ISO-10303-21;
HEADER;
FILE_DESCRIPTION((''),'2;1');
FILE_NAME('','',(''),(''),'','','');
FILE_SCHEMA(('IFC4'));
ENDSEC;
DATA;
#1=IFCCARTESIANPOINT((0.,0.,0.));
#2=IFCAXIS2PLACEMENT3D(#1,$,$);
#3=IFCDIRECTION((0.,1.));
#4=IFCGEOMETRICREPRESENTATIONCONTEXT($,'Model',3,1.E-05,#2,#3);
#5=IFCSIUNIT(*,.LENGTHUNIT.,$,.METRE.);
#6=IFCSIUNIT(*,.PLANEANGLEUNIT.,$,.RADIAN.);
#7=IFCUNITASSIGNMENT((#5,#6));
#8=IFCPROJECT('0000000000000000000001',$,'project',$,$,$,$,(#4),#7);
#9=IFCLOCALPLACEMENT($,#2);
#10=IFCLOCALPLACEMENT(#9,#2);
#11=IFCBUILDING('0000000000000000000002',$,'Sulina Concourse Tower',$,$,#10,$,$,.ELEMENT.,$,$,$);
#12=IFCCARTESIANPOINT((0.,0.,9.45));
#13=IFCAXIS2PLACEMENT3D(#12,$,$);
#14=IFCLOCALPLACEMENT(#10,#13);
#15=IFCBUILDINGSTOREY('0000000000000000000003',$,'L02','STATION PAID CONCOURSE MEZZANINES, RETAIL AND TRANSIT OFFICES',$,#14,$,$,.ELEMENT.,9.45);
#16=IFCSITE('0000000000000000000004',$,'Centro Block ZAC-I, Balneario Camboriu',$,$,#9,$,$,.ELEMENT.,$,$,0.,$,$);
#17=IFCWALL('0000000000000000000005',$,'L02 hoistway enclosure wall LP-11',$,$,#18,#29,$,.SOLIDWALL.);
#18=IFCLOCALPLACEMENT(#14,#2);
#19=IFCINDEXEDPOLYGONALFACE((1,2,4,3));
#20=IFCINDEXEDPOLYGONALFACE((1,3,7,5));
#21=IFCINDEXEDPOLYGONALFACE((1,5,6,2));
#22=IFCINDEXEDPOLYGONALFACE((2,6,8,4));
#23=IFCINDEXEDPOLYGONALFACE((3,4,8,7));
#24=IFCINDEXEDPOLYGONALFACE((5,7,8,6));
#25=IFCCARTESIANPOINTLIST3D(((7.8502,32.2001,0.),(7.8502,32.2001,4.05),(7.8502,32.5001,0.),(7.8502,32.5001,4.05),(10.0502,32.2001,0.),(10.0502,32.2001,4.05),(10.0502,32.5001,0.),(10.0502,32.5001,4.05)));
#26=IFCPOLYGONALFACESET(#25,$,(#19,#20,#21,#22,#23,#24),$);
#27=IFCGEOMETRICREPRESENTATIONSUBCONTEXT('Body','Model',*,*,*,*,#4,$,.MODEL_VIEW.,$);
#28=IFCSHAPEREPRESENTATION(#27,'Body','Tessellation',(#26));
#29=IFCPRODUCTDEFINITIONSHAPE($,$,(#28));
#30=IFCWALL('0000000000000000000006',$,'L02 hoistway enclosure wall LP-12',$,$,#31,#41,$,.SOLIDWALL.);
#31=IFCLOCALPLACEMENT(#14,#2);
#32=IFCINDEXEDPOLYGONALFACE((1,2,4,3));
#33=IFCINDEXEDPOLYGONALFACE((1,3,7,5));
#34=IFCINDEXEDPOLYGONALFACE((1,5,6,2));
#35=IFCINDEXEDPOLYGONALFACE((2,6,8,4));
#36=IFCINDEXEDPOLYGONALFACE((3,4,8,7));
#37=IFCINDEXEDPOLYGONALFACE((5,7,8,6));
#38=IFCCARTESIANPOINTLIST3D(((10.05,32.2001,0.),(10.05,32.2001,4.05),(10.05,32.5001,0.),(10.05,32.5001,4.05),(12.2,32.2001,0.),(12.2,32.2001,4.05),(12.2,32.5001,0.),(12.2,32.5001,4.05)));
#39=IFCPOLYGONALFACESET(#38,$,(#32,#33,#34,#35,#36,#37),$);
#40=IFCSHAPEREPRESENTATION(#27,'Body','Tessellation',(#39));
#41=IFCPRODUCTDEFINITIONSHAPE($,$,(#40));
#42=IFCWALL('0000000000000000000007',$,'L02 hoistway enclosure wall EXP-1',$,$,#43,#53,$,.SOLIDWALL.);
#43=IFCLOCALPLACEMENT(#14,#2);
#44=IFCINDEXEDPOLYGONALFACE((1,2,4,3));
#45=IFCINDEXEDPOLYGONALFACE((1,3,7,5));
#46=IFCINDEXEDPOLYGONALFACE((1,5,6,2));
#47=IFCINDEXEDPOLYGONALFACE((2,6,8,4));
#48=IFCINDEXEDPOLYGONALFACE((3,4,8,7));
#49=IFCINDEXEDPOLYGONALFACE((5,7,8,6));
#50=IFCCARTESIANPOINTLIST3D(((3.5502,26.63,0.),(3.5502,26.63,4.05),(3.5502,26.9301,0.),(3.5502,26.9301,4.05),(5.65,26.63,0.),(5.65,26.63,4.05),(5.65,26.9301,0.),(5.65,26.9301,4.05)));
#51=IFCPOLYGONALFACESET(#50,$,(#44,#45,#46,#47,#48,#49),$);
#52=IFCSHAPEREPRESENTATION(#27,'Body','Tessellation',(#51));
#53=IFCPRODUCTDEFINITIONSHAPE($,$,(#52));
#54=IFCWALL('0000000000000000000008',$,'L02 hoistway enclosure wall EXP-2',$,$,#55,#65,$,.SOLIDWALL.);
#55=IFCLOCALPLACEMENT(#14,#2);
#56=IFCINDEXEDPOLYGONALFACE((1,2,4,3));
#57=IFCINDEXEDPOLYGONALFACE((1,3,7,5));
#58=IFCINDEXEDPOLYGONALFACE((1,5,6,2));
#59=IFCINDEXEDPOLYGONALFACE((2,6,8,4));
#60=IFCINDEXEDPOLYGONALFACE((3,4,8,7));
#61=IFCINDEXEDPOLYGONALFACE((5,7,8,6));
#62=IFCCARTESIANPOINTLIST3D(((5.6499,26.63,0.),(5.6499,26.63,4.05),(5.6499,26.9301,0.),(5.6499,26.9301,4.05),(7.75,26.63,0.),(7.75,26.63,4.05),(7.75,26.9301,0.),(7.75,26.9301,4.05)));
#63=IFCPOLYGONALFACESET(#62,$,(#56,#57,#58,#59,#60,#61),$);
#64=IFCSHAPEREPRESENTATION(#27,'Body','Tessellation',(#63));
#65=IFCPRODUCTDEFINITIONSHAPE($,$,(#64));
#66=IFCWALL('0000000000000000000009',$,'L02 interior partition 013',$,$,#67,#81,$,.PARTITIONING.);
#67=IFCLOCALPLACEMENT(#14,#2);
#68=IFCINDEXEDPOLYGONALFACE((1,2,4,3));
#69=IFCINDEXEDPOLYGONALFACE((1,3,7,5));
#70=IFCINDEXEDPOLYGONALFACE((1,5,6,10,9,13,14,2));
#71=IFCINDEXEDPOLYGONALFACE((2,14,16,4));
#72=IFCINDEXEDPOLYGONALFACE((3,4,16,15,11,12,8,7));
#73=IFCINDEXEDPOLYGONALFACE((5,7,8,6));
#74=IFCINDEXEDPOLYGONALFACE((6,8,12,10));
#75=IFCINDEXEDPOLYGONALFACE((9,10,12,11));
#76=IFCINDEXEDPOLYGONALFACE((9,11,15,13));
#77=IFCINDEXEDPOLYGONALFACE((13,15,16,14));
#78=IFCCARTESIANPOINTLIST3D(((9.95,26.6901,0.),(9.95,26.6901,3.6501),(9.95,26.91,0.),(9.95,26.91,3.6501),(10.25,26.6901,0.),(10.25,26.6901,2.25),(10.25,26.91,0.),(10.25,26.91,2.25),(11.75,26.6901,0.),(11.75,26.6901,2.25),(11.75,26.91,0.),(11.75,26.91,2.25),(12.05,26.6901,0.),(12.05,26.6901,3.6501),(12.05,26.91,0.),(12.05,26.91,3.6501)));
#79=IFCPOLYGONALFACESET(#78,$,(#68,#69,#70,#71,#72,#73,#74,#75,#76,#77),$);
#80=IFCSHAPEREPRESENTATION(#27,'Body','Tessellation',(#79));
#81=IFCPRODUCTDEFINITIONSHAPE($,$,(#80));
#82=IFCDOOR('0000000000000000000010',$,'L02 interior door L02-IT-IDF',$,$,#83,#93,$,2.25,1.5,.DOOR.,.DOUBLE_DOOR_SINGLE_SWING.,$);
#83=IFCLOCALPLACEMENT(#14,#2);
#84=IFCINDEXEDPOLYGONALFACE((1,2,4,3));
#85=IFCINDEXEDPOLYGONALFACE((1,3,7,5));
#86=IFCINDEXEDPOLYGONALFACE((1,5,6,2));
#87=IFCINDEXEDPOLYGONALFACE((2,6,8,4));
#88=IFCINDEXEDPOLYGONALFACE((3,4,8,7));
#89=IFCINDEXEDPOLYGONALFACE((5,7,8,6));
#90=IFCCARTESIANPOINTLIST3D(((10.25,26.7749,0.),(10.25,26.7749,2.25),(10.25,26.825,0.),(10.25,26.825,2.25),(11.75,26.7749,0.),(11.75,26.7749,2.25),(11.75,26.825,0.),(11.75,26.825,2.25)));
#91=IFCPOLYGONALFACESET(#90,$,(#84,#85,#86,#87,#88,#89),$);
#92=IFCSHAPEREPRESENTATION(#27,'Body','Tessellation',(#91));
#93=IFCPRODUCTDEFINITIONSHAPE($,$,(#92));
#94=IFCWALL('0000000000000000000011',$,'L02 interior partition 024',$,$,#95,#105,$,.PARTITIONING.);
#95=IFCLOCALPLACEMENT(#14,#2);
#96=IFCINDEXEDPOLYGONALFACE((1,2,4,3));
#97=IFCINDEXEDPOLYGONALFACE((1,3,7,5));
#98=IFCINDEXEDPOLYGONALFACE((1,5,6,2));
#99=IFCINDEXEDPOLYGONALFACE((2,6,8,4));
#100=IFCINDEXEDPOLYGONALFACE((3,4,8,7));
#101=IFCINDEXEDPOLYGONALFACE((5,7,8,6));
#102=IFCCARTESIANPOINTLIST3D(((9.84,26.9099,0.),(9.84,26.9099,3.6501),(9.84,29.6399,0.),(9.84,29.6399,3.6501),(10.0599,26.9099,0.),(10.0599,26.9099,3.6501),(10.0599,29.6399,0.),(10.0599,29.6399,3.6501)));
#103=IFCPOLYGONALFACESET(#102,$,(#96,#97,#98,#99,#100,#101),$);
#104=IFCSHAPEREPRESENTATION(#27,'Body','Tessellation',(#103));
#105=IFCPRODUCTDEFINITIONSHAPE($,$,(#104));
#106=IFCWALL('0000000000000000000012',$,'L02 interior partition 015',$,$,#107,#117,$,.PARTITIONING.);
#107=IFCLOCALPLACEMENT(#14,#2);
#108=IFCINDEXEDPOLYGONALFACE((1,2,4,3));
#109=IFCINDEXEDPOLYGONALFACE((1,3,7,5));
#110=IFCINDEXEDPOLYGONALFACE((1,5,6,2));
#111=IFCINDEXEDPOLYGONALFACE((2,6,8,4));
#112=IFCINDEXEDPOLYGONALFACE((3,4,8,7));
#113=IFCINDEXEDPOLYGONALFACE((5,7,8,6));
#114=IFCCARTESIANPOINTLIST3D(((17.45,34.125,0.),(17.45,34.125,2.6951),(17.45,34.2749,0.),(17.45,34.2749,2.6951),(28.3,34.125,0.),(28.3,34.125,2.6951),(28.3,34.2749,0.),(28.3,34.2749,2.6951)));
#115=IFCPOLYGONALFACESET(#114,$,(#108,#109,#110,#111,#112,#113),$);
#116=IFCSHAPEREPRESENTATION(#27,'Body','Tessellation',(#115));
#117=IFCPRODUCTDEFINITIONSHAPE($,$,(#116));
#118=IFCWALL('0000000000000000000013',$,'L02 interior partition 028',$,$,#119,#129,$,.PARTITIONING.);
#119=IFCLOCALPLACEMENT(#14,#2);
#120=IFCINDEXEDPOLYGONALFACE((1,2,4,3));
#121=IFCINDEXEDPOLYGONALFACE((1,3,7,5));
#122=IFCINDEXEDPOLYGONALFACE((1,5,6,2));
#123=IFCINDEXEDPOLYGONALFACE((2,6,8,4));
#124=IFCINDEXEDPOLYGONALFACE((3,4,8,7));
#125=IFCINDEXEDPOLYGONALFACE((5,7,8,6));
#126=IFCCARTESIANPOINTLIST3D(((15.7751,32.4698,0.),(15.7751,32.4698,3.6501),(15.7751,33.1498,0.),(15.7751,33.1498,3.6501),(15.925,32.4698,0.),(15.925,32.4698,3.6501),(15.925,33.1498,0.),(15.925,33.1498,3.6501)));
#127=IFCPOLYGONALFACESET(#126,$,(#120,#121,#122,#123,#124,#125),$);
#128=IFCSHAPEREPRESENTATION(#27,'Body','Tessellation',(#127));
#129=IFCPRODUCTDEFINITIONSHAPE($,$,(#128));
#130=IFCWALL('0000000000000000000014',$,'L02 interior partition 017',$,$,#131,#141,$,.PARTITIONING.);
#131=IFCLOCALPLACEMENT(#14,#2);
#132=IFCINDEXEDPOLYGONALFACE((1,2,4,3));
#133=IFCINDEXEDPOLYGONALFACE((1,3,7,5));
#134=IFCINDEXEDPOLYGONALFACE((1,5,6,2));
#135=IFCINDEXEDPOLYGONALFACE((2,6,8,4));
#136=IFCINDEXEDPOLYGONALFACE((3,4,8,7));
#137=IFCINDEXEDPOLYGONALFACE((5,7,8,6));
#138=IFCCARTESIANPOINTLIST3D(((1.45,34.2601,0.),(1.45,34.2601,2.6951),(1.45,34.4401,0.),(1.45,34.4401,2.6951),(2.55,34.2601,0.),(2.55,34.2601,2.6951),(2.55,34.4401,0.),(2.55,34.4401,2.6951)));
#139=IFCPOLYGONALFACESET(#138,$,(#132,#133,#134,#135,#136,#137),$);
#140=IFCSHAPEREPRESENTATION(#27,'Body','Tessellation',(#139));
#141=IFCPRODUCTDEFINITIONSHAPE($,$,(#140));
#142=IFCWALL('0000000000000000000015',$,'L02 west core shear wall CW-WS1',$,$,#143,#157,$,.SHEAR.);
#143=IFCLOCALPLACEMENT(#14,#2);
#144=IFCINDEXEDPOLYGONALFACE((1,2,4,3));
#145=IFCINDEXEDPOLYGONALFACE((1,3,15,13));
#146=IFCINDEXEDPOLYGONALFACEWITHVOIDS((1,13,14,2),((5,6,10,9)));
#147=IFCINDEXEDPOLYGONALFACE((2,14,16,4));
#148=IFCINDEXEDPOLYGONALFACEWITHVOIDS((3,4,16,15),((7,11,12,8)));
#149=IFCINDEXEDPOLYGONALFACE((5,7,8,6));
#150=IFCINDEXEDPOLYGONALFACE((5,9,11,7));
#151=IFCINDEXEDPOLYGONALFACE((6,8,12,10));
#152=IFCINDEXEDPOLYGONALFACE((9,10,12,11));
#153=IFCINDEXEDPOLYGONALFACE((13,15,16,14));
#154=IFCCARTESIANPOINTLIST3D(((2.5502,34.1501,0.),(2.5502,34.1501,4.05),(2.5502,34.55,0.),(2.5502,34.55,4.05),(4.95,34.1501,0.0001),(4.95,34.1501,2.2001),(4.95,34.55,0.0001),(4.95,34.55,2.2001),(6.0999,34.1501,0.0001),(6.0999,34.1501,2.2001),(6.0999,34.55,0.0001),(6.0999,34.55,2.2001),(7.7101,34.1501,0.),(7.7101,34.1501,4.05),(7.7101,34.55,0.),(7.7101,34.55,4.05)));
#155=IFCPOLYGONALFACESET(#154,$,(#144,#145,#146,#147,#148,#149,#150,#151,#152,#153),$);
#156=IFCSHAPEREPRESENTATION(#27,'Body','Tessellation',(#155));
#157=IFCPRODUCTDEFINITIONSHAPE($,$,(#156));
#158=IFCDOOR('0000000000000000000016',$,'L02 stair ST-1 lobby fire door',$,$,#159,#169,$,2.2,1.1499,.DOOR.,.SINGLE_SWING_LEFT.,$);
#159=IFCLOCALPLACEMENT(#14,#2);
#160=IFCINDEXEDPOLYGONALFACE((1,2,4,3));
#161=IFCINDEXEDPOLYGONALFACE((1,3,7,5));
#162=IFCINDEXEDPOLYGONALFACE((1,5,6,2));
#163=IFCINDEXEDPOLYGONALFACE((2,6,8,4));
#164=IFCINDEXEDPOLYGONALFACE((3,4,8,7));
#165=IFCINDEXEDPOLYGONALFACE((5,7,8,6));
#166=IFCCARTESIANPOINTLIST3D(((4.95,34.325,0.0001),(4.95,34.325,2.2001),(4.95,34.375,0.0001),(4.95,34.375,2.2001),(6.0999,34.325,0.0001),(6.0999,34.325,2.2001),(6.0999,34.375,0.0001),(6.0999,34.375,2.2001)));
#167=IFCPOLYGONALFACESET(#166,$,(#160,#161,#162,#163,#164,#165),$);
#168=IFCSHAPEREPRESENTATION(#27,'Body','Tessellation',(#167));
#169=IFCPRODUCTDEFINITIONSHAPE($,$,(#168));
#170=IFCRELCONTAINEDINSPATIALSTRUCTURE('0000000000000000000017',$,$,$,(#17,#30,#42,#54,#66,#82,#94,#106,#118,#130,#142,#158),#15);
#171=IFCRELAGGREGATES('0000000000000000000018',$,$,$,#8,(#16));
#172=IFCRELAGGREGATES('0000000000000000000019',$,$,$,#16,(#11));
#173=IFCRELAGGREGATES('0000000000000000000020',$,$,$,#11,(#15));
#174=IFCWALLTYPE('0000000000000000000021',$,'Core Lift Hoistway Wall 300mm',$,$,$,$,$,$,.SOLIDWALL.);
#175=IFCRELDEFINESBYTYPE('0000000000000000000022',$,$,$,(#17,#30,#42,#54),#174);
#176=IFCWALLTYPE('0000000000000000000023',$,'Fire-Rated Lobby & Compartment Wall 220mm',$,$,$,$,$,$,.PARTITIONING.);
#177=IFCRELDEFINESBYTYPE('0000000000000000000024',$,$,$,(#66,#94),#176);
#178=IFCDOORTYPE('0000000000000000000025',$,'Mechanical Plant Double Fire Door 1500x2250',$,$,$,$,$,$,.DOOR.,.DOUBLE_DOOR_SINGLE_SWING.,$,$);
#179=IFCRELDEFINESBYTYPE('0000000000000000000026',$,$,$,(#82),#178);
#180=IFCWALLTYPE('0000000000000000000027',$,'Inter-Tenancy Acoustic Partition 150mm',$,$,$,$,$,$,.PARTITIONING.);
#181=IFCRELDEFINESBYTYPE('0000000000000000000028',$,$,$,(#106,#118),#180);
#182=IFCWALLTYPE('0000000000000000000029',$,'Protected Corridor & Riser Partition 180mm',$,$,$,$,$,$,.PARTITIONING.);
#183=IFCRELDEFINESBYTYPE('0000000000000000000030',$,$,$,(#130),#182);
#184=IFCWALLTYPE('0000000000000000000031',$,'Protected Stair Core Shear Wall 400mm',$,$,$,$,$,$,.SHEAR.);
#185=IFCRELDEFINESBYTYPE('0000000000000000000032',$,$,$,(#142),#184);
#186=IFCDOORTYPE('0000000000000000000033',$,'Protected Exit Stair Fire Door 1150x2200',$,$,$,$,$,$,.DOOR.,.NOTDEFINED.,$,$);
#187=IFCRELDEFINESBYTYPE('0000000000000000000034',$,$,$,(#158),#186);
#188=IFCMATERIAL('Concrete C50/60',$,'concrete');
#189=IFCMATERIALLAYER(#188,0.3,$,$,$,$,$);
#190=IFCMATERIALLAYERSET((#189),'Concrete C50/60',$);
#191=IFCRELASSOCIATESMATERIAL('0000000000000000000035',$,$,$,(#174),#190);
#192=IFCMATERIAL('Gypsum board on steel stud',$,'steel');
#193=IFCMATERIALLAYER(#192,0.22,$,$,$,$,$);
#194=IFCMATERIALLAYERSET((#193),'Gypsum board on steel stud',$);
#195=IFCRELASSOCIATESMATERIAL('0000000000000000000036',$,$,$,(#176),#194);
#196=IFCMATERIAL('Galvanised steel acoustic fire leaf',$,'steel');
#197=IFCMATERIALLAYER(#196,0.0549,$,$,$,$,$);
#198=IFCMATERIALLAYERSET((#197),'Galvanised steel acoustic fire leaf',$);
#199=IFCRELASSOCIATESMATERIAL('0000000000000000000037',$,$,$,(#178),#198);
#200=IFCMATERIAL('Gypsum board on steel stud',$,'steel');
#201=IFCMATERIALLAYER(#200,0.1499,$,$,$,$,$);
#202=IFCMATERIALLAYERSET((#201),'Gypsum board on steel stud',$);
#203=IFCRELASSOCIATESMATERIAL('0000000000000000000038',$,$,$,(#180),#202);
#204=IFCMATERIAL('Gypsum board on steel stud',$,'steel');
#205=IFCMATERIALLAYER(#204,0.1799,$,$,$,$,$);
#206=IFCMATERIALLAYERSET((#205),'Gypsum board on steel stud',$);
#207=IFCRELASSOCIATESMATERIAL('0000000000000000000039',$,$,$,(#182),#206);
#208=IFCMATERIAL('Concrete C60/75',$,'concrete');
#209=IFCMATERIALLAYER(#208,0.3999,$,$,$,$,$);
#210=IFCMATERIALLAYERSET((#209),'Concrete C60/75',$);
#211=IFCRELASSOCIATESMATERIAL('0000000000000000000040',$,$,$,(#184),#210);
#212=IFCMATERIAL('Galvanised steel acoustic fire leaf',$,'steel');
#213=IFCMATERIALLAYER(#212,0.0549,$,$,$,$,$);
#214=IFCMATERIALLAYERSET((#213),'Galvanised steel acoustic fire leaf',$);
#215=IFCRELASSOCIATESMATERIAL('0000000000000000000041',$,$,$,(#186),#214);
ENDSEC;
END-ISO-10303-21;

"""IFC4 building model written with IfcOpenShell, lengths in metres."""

from ifc_helpers import new_model, si_unit, direction, frame, frame_2d, origin, place, context, subcontext, project, spatial, rectangle, extrude, material, layer, layer_set, type_object, element, fill, save


model = new_model("IFC4")

# Units and contexts
model_context = context("Model", 3, precision=1e-05, world=origin(), true_north=direction((0.0, 1.0)))
body_context = subcontext(model_context, "Body", "Model", "MODEL_VIEW")
ifc_project = project(units=[si_unit("LENGTHUNIT", "METRE"), si_unit("PLANEANGLEUNIT", "RADIAN")], contexts=[model_context])

# Site, building, storey
site_placement = place(None, origin())
site = spatial("IfcSite", under=ifc_project, at=site_placement, Name="Centro Block ZAC-I, Balneario Camboriu", CompositionType="ELEMENT", RefElevation=0.0)
building_placement = place(site_placement, origin())
building = spatial("IfcBuilding", under=site, at=building_placement, Name="Sulina Concourse Tower", CompositionType="ELEMENT")
storey_placement = place(building_placement, frame((0.0, 0.0, 9.45)))
storey = spatial("IfcBuildingStorey", under=building, at=storey_placement, Name="L02", Description="STATION PAID CONCOURSE MEZZANINES, RETAIL AND TRANSIT OFFICES", CompositionType="ELEMENT", Elevation=9.45)

# Walls
ifc_material_1 = material(Name="Concrete C50/60", Category="concrete")
ifc_layer_1 = layer(ifc_material_1, 0.3)
ifc_layer_set_1 = layer_set([ifc_layer_1], Name="Concrete C50/60")
wall_type_1 = type_object("IfcWallType", Name="Core Lift Hoistway Wall 300mm", PredefinedType="SOLIDWALL", material=ifc_layer_set_1)
wall_1_placement = place(storey_placement, frame((7.8501, 32.3501, 0.0), z_axis=(0.0, 0.0, 1.0), x_axis=(1.0, 0.0, 0.0)))
element("IfcWall", 1, at=wall_1_placement, inside=storey, type_object=wall_type_1, Name="L02 hoistway enclosure wall LP-11", PredefinedType="SOLIDWALL", context=body_context, shape_type="SweptSolid", body=[
    extrude(rectangle(XDim=2.2, YDim=0.3, at=frame_2d((1.1001, 0.0))), origin(), (0.0, 0.0, 1.0), 4.05),
])
wall_2_placement = place(storey_placement, frame((10.05, 32.3501, 0.0), z_axis=(0.0, 0.0, 1.0), x_axis=(1.0, 0.0, 0.0)))
element("IfcWall", 2, at=wall_2_placement, inside=storey, type_object=wall_type_1, Name="L02 hoistway enclosure wall LP-12", PredefinedType="SOLIDWALL", context=body_context, shape_type="SweptSolid", body=[
    extrude(rectangle(XDim=2.1499, YDim=0.3, at=frame_2d((1.075, 0.0))), origin(), (0.0, 0.0, 1.0), 4.05),
])
wall_3_placement = place(storey_placement, frame((5.6499, 26.78, 0.0), z_axis=(0.0, 0.0, 1.0), x_axis=(-1.0, 0.0, 0.0)))
element("IfcWall", 3, at=wall_3_placement, inside=storey, type_object=wall_type_1, Name="L02 hoistway enclosure wall EXP-1", PredefinedType="SOLIDWALL", context=body_context, shape_type="SweptSolid", body=[
    extrude(rectangle(XDim=2.0999, YDim=0.3, at=frame_2d((1.0498, 0.0))), origin(), (0.0, 0.0, 1.0), 4.05),
])
wall_4_placement = place(storey_placement, frame((7.75, 26.78, 0.0), z_axis=(0.0, 0.0, 1.0), x_axis=(-1.0, 0.0, 0.0)))
element("IfcWall", 4, at=wall_4_placement, inside=storey, type_object=wall_type_1, Name="L02 hoistway enclosure wall EXP-2", PredefinedType="SOLIDWALL", context=body_context, shape_type="SweptSolid", body=[
    extrude(rectangle(XDim=2.1001, YDim=0.3, at=frame_2d((1.05, 0.0))), origin(), (0.0, 0.0, 1.0), 4.05),
])

# Wall, opening, door
ifc_material_2 = material(Name="Gypsum board on steel stud", Category="steel")
ifc_layer_2 = layer(ifc_material_2, 0.22)
ifc_layer_set_2 = layer_set([ifc_layer_2], Name="Gypsum board on steel stud")
wall_type_2 = type_object("IfcWallType", Name="Fire-Rated Lobby & Compartment Wall 220mm", PredefinedType="PARTITIONING", material=ifc_layer_set_2)
wall_5_placement = place(storey_placement, frame((9.95, 26.8, 0.0), z_axis=(0.0, 0.0, 1.0), x_axis=(1.0, 0.0, 0.0)))
wall_5 = element("IfcWall", 5, at=wall_5_placement, inside=storey, type_object=wall_type_2, Name="L02 interior partition 013", PredefinedType="PARTITIONING", context=body_context, shape_type="SweptSolid", body=[
    extrude(rectangle(XDim=2.1001, YDim=0.22, at=frame_2d((1.05, 0.0))), origin(), (0.0, 0.0, 1.0), 3.6501),
])
opening_1_placement = place(wall_5_placement, frame((0.3, 0.0, 0.0)))
opening_1 = element("IfcOpeningElement", 6, at=opening_1_placement, cuts=wall_5, PredefinedType="OPENING", context=body_context, shape_type="SweptSolid", body=[
    extrude(rectangle(XDim=1.5, YDim=2.25, at=frame_2d((0.75, 1.125))), frame((0.0, 0.1199, 0.0), z_axis=(0.0, -1.0, 0.0), x_axis=(1.0, 0.0, 0.0)), (0.0, 0.0, 1.0), 0.24),
])
ifc_material_3 = material(Name="Galvanised steel acoustic fire leaf", Category="steel")
ifc_layer_3 = layer(ifc_material_3, 0.0549)
ifc_layer_set_3 = layer_set([ifc_layer_3], Name="Galvanised steel acoustic fire leaf")
door_type_1 = type_object("IfcDoorType", Name="Mechanical Plant Double Fire Door 1500x2250", OperationType="DOUBLE_DOOR_SINGLE_SWING", PredefinedType="DOOR", material=ifc_layer_set_3)
door_1_placement = place(opening_1_placement, origin())
door_1 = element("IfcDoor", 7, at=door_1_placement, inside=storey, type_object=door_type_1, Name="L02 interior door L02-IT-IDF", OperationType="DOUBLE_DOOR_SINGLE_SWING", OverallHeight=2.25, OverallWidth=1.5, PredefinedType="DOOR", context=body_context, shape_type="SweptSolid", body=[
    extrude(rectangle(XDim=1.5, YDim=2.25, at=frame_2d((0.75, 1.125))), frame((0.0, 0.0249, 0.0), z_axis=(0.0, -1.0, 0.0), x_axis=(1.0, 0.0, 0.0)), (0.0, 0.0, 1.0), 0.05),
])
fill(opening_1, door_1)

# Walls
wall_6_placement = place(storey_placement, frame((9.95, 26.9099, 0.0), z_axis=(0.0, 0.0, 1.0), x_axis=(0.0, 1.0, 0.0)))
element("IfcWall", 8, at=wall_6_placement, inside=storey, type_object=wall_type_2, Name="L02 interior partition 024", PredefinedType="PARTITIONING", context=body_context, shape_type="SweptSolid", body=[
    extrude(rectangle(XDim=2.73, YDim=0.22, at=frame_2d((1.365, 0.0))), origin(), (0.0, 0.0, 1.0), 3.6501),
])
ifc_material_4 = material(Name="Gypsum board on steel stud", Category="steel")
ifc_layer_4 = layer(ifc_material_4, 0.1499)
ifc_layer_set_4 = layer_set([ifc_layer_4], Name="Gypsum board on steel stud")
wall_type_3 = type_object("IfcWallType", Name="Inter-Tenancy Acoustic Partition 150mm", PredefinedType="PARTITIONING", material=ifc_layer_set_4)
wall_7_placement = place(storey_placement, frame((17.45, 34.2, 0.0), z_axis=(0.0, 0.0, 1.0), x_axis=(1.0, 0.0, 0.0)))
element("IfcWall", 9, at=wall_7_placement, inside=storey, type_object=wall_type_3, Name="L02 interior partition 015", PredefinedType="PARTITIONING", context=body_context, shape_type="SweptSolid", body=[
    extrude(rectangle(XDim=10.8501, YDim=0.1499, at=frame_2d((5.425, 0.0))), origin(), (0.0, 0.0, 1.0), 2.6951),
])
wall_8_placement = place(storey_placement, frame((15.8501, 32.47, 0.0), z_axis=(0.0, 0.0, 1.0), x_axis=(0.0, 1.0, 0.0)))
element("IfcWall", 10, at=wall_8_placement, inside=storey, type_object=wall_type_3, Name="L02 interior partition 028", PredefinedType="PARTITIONING", context=body_context, shape_type="SweptSolid", body=[
    extrude(rectangle(XDim=0.6799, YDim=0.1499, at=frame_2d((0.3398, 0.0))), origin(), (0.0, 0.0, 1.0), 3.6501),
])
ifc_material_5 = material(Name="Gypsum board on steel stud", Category="steel")
ifc_layer_5 = layer(ifc_material_5, 0.1799)
ifc_layer_set_5 = layer_set([ifc_layer_5], Name="Gypsum board on steel stud")
wall_type_4 = type_object("IfcWallType", Name="Protected Corridor & Riser Partition 180mm", PredefinedType="PARTITIONING", material=ifc_layer_set_5)
wall_9_placement = place(storey_placement, frame((1.45, 34.3501, 0.0), z_axis=(0.0, 0.0, 1.0), x_axis=(1.0, 0.0, 0.0)))
element("IfcWall", 11, at=wall_9_placement, inside=storey, type_object=wall_type_4, Name="L02 interior partition 017", PredefinedType="PARTITIONING", context=body_context, shape_type="SweptSolid", body=[
    extrude(rectangle(XDim=1.1001, YDim=0.1799, at=frame_2d((0.55, 0.0))), origin(), (0.0, 0.0, 1.0), 2.6951),
])

# Wall, opening, door
ifc_material_6 = material(Name="Concrete C60/75", Category="concrete")
ifc_layer_6 = layer(ifc_material_6, 0.3999)
ifc_layer_set_6 = layer_set([ifc_layer_6], Name="Concrete C60/75")
wall_type_5 = type_object("IfcWallType", Name="Protected Stair Core Shear Wall 400mm", PredefinedType="SHEAR", material=ifc_layer_set_6)
wall_10_placement = place(storey_placement, frame((2.55, 34.3501, 0.0), z_axis=(0.0, 0.0, 1.0), x_axis=(1.0, 0.0, 0.0)))
wall_10 = element("IfcWall", 12, at=wall_10_placement, inside=storey, type_object=wall_type_5, Name="L02 west core shear wall CW-WS1", PredefinedType="SHEAR", context=body_context, shape_type="SweptSolid", body=[
    extrude(rectangle(XDim=5.1599, YDim=0.3999, at=frame_2d((2.5801, 0.0))), origin(), (0.0, 0.0, 1.0), 4.05),
])
opening_2_placement = place(wall_10_placement, frame((2.3999, 0.0, 0.0)))
opening_2 = element("IfcOpeningElement", 13, at=opening_2_placement, cuts=wall_10, PredefinedType="OPENING", context=body_context, shape_type="SweptSolid", body=[
    extrude(rectangle(XDim=1.1499, YDim=2.2, at=frame_2d((0.575, 1.1001))), frame((0.0, 0.21, 0.0), z_axis=(0.0, -1.0, 0.0), x_axis=(1.0, 0.0, 0.0)), (0.0, 0.0, 1.0), 0.4199),
])
ifc_material_7 = material(Name="Galvanised steel acoustic fire leaf", Category="steel")
ifc_layer_7 = layer(ifc_material_7, 0.0549)
ifc_layer_set_7 = layer_set([ifc_layer_7], Name="Galvanised steel acoustic fire leaf")
door_type_2 = type_object("IfcDoorType", Name="Protected Exit Stair Fire Door 1150x2200", OperationType="NOTDEFINED", PredefinedType="DOOR", material=ifc_layer_set_7)
door_2_placement = place(opening_2_placement, origin())
door_2 = element("IfcDoor", 14, at=door_2_placement, inside=storey, type_object=door_type_2, Name="L02 stair ST-1 lobby fire door", OperationType="SINGLE_SWING_LEFT", OverallHeight=2.2, OverallWidth=1.1499, PredefinedType="DOOR", context=body_context, shape_type="SweptSolid", body=[
    extrude(rectangle(XDim=1.1499, YDim=2.2, at=frame_2d((0.575, 1.1001))), frame((0.0, 0.0249, 0.0), z_axis=(0.0, -1.0, 0.0), x_axis=(1.0, 0.0, 0.0)), (0.0, 0.0, 1.0), 0.05),
])
fill(opening_2, door_2)

save(model, "model.ifc")
